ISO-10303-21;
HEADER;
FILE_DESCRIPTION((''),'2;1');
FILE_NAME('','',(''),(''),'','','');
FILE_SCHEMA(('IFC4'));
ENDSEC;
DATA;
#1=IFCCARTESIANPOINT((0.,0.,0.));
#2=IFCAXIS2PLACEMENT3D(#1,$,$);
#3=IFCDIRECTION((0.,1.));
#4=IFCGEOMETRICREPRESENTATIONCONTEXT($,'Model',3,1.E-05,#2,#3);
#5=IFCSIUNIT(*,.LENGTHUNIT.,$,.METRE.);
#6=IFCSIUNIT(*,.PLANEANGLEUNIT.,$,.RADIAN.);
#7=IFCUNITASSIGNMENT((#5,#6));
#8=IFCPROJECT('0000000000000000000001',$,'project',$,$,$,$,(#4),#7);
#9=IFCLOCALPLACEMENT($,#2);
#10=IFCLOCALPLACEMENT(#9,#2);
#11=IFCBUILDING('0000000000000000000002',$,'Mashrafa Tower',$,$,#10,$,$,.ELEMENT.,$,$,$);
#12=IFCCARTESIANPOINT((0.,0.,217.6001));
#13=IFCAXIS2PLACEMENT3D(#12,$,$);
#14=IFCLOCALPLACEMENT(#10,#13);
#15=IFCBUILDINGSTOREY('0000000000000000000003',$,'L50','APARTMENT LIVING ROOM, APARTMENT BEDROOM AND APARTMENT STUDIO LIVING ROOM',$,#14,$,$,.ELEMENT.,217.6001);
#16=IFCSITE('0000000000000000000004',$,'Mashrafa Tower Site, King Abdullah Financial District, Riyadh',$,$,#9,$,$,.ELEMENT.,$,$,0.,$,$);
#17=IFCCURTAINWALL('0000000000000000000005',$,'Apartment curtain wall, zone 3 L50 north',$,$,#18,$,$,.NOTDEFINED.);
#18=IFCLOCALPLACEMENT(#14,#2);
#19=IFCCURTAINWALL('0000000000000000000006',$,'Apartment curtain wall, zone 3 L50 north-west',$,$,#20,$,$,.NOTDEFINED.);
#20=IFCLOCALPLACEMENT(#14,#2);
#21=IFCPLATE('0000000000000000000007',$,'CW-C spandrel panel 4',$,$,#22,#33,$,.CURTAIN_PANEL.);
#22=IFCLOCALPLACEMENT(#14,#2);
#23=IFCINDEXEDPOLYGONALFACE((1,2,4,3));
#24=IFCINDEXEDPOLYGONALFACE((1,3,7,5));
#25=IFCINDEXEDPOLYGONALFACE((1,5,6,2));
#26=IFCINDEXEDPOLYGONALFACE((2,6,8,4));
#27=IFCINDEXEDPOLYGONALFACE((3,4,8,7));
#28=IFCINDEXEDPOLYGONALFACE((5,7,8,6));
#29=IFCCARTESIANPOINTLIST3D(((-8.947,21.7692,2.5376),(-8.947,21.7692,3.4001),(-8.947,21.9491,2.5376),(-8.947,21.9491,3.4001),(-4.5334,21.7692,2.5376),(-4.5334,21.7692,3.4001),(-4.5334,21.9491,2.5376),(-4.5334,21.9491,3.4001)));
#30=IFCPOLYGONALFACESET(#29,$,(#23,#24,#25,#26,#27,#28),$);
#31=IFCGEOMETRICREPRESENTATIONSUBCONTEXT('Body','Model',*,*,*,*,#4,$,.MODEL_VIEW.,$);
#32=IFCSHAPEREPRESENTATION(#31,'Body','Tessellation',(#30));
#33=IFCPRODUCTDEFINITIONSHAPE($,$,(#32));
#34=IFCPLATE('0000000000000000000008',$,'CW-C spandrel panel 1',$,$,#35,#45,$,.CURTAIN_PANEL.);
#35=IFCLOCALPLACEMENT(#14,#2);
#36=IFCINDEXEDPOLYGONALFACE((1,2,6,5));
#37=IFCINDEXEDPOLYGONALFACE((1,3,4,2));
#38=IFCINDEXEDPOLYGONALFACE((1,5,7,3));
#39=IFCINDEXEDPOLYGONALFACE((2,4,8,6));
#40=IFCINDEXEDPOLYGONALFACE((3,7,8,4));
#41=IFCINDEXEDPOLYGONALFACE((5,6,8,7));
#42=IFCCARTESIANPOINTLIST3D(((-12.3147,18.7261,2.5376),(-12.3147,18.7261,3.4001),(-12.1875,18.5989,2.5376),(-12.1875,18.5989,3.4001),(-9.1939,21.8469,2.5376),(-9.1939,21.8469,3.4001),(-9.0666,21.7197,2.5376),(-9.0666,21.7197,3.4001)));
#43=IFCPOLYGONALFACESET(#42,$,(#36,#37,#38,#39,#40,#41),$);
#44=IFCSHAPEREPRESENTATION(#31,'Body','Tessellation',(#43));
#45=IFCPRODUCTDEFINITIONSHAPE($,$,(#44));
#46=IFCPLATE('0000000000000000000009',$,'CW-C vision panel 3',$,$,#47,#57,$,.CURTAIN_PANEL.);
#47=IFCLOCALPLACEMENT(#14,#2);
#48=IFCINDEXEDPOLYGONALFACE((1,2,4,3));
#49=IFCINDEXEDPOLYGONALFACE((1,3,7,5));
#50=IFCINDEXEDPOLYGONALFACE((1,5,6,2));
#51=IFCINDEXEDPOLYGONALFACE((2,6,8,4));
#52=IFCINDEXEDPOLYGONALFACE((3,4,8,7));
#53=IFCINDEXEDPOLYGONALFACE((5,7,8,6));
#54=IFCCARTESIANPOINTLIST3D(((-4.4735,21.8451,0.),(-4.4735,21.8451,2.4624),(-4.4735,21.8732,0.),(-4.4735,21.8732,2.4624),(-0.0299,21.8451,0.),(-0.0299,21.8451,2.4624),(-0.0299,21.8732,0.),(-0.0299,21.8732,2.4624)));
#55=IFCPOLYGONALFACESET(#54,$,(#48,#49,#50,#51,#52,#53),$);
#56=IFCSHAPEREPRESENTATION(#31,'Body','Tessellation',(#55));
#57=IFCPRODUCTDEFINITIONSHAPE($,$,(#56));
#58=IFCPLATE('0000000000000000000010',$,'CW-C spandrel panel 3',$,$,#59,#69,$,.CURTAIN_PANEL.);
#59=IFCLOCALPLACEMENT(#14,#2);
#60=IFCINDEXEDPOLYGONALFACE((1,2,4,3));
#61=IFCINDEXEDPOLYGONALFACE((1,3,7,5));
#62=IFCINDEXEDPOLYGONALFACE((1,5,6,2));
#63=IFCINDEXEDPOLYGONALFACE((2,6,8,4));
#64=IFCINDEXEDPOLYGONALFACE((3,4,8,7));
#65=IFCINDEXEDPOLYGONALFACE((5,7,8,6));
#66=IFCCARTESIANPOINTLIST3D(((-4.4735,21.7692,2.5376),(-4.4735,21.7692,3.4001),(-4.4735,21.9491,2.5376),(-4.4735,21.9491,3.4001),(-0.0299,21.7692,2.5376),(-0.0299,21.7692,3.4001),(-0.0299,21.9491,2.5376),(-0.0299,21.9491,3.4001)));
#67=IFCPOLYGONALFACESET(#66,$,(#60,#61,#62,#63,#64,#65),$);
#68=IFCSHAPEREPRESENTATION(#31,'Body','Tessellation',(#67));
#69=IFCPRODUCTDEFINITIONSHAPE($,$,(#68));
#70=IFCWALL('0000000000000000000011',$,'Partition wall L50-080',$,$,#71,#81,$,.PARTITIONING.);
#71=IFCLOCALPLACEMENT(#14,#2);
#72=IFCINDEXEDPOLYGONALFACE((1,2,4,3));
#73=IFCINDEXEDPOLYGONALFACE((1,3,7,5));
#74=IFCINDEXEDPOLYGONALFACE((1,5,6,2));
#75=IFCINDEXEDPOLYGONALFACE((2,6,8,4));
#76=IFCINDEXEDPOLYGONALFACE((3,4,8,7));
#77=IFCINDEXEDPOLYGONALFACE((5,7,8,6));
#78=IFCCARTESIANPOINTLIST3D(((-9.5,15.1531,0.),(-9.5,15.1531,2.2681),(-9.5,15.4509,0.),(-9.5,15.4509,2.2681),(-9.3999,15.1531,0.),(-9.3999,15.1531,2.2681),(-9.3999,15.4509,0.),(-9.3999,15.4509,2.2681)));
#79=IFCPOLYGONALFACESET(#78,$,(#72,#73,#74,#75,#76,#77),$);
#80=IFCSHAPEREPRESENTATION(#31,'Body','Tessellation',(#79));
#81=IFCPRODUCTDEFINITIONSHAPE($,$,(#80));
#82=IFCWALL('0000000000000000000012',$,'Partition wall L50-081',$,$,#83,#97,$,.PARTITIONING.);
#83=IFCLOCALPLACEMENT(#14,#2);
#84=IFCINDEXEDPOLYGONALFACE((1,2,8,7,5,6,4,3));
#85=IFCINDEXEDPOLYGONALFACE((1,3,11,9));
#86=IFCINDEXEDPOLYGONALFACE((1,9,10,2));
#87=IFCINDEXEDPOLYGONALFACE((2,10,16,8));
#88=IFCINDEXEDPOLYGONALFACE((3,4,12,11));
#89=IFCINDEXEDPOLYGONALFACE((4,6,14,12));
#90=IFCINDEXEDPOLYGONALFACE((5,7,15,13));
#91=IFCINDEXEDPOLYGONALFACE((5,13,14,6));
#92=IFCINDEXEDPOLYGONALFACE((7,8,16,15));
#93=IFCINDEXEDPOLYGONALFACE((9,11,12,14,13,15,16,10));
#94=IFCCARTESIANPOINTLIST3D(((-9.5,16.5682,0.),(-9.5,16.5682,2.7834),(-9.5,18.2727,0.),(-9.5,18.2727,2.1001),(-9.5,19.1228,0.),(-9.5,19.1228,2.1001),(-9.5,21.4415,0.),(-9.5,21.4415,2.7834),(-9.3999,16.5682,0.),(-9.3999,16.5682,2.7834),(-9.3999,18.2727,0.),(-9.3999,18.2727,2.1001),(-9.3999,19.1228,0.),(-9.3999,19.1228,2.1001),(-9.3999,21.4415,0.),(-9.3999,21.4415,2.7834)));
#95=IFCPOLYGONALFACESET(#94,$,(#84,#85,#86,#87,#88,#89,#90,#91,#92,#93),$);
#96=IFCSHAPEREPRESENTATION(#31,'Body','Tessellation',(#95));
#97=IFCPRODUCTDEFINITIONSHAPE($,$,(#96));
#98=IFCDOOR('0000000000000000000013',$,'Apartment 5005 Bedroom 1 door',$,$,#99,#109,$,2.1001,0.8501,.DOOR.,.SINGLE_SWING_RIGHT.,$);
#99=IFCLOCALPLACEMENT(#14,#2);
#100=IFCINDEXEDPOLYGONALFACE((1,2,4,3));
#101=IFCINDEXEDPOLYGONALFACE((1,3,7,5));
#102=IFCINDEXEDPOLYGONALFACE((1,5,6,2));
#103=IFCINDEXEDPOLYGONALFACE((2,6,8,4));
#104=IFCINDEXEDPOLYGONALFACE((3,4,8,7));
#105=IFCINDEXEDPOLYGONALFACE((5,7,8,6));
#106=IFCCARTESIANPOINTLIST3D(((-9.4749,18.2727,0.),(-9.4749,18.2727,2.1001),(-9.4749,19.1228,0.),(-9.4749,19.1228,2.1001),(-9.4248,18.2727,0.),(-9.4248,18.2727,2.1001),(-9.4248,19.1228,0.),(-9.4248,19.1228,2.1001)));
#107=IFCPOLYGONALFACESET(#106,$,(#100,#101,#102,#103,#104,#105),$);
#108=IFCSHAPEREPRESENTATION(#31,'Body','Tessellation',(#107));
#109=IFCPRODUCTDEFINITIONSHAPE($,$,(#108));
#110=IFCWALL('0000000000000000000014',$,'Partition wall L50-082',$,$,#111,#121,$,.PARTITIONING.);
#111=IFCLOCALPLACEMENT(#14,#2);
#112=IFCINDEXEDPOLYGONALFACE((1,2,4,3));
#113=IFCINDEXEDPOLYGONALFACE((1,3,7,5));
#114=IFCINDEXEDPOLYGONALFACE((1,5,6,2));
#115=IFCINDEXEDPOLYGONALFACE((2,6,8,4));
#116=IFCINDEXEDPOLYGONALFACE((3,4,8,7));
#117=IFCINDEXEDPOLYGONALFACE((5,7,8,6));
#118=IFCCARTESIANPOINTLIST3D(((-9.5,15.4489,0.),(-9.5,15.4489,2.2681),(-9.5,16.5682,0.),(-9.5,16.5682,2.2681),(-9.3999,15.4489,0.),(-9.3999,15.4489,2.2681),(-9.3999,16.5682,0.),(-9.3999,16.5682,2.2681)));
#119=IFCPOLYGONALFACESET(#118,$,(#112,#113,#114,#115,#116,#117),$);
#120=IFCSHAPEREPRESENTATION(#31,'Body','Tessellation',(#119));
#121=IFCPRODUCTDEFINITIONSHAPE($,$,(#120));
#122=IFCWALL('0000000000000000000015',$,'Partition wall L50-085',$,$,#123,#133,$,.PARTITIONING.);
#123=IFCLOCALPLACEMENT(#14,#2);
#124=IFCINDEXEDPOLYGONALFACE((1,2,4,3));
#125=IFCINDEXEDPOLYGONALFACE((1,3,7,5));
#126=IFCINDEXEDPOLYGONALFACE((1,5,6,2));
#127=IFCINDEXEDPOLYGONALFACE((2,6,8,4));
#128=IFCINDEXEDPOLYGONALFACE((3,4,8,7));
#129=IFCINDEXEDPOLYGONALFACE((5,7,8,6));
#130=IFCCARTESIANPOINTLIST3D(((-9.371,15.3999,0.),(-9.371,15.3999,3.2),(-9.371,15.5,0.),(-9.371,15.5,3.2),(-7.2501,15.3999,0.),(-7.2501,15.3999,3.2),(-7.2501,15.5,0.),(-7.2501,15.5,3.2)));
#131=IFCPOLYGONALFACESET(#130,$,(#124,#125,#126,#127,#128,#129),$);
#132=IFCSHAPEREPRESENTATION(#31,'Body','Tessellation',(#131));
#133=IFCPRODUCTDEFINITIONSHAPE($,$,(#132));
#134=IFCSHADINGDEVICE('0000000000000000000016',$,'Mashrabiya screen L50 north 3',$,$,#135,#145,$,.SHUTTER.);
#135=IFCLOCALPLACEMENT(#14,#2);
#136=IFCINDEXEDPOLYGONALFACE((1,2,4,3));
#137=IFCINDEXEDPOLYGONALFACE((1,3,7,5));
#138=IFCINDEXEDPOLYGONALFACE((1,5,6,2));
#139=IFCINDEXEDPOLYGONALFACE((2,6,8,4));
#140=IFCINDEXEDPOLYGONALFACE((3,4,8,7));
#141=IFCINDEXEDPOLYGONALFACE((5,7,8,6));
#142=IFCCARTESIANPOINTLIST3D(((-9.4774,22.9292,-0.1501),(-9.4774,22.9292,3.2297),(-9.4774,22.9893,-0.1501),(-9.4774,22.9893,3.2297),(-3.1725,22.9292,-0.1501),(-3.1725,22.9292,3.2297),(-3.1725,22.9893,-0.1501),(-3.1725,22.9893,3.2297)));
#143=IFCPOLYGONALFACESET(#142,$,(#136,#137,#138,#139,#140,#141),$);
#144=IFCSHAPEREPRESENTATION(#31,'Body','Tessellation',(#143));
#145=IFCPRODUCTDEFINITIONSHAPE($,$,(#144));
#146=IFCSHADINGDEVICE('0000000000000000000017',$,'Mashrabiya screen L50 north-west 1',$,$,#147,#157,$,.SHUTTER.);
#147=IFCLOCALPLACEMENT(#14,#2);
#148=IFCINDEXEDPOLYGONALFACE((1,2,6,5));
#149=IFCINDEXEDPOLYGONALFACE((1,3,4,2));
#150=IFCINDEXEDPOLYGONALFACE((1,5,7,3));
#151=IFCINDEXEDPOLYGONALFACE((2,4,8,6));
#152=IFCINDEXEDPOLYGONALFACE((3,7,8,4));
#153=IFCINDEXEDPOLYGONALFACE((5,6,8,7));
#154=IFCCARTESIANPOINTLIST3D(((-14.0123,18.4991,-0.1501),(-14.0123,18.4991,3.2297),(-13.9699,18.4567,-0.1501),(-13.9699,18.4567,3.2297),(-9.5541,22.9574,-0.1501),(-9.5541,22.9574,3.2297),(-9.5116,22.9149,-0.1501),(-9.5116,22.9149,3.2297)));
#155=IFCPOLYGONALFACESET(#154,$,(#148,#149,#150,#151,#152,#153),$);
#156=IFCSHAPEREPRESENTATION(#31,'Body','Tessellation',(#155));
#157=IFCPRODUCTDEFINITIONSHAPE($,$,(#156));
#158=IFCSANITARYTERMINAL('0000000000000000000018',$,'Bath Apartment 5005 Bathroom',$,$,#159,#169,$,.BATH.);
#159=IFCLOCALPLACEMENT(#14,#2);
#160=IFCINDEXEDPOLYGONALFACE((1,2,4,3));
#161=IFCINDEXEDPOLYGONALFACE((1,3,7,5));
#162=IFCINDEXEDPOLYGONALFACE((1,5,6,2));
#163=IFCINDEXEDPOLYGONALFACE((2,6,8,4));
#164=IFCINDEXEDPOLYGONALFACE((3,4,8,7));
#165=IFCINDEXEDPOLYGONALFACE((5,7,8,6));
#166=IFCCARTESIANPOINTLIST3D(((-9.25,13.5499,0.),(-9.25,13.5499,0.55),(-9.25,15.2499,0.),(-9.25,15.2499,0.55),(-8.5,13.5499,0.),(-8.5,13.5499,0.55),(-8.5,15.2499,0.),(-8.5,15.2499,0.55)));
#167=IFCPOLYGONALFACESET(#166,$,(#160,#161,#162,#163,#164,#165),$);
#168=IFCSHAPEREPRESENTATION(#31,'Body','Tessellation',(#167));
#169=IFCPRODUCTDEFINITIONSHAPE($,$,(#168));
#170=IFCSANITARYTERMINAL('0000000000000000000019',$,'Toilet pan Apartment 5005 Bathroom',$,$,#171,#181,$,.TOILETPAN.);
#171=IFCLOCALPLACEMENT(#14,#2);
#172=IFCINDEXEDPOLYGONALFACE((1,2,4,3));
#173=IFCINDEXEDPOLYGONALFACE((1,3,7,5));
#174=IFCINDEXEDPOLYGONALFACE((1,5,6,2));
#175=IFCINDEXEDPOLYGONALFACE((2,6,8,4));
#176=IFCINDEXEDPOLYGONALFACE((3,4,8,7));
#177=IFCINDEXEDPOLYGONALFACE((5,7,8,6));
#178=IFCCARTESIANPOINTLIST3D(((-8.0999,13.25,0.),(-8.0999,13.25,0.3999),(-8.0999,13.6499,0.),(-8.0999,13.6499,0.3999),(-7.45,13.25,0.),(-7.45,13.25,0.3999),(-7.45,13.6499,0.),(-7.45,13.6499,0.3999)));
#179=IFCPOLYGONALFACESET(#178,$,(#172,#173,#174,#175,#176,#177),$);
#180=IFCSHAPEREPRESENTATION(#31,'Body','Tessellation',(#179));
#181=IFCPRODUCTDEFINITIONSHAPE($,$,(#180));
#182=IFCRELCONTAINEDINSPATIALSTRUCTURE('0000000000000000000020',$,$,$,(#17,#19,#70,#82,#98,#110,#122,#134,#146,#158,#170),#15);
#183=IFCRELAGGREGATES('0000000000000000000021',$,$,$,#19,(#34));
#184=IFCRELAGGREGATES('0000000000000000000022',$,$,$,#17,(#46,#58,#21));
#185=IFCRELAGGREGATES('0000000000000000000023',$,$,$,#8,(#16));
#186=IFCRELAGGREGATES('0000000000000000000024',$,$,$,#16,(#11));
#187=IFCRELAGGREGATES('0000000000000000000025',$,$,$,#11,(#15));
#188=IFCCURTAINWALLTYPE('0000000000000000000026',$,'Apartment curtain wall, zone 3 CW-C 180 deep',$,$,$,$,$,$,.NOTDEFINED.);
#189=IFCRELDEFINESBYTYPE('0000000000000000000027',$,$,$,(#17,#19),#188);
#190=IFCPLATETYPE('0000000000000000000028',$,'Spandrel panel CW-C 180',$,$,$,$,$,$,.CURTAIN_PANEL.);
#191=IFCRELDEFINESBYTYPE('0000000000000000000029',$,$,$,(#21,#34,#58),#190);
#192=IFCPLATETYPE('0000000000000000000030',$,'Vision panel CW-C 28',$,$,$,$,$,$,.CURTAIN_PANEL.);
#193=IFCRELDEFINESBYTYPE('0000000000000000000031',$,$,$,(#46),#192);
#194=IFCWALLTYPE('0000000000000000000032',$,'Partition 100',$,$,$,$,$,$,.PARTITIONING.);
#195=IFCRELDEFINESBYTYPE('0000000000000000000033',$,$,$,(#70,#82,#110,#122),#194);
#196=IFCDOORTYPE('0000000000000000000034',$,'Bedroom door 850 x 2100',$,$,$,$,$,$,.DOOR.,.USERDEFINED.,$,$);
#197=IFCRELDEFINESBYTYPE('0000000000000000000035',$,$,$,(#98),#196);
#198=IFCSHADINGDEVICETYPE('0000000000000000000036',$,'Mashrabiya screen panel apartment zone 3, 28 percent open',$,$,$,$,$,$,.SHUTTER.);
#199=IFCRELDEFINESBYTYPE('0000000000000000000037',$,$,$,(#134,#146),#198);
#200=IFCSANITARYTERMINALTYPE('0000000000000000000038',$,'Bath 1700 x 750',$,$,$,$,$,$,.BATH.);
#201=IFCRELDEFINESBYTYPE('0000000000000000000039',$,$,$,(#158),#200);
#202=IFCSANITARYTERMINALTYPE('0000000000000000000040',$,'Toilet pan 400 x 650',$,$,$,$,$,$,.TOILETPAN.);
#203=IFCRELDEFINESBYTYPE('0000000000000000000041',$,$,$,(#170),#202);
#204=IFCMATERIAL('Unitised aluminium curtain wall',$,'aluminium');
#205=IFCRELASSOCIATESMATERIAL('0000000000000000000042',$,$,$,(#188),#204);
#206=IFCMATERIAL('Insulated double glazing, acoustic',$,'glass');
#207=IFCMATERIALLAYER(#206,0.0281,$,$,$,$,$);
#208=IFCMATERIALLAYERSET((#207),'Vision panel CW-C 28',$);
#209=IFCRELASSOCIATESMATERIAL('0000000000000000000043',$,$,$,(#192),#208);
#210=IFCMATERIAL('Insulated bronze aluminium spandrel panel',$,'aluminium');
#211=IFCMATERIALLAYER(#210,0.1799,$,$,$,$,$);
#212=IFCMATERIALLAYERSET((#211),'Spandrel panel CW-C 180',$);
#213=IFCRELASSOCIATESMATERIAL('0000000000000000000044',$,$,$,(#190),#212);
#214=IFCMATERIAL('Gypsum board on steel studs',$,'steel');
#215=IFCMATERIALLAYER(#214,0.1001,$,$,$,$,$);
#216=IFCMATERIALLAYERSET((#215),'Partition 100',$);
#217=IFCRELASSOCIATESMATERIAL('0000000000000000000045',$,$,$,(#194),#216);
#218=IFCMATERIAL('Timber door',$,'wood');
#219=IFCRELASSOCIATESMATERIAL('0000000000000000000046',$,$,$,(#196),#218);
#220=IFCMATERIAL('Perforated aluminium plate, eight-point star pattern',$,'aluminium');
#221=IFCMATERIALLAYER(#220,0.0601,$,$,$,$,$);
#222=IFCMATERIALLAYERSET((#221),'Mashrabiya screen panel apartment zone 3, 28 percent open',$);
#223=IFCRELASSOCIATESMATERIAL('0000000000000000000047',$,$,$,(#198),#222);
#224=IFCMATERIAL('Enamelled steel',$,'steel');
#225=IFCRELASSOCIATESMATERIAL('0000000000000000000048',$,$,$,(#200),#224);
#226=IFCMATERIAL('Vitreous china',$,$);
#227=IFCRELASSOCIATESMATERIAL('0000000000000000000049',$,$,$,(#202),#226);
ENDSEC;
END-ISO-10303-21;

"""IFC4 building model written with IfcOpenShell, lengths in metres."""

from ifc_helpers import new_model, si_unit, direction, frame, frame_2d, origin, origin_2d, place, context, subcontext, project, spatial, rectangle, extrude, source, transform, mapped, material, layer, layer_set, type_object, type_shapes, element, fill, aggregate, save


model = new_model("IFC4")

# Units and contexts
model_context = context("Model", 3, precision=1e-05, world=origin(), true_north=direction((0.0, 1.0)))
body_context = subcontext(model_context, "Body", "Model", "MODEL_VIEW")
ifc_project = project(units=[si_unit("LENGTHUNIT", "METRE"), si_unit("PLANEANGLEUNIT", "RADIAN")], contexts=[model_context])

# Site, building, storey
site_placement = place(None, origin())
site = spatial("IfcSite", under=ifc_project, at=site_placement, Name="Mashrafa Tower Site, King Abdullah Financial District, Riyadh", CompositionType="ELEMENT", RefElevation=0.0)
building_placement = place(site_placement, origin())
building = spatial("IfcBuilding", under=site, at=building_placement, Name="Mashrafa Tower", CompositionType="ELEMENT")
storey_placement = place(building_placement, frame((0.0, 0.0, 217.6001)))
storey = spatial("IfcBuildingStorey", under=building, at=storey_placement, Name="L50", Description="APARTMENT LIVING ROOM, APARTMENT BEDROOM AND APARTMENT STUDIO LIVING ROOM", CompositionType="ELEMENT", Elevation=217.6001)

# Curtain walls
ifc_material_1 = material(Name="Unitised aluminium curtain wall", Category="aluminium")
curtain_wall_type = type_object("IfcCurtainWallType", Name="Apartment curtain wall, zone 3 CW-C 180 deep", PredefinedType="NOTDEFINED", material=ifc_material_1)
curtain_wall_1_placement = place(storey_placement, origin())
curtain_wall_1 = element("IfcCurtainWall", 1, at=curtain_wall_1_placement, inside=storey, type_object=curtain_wall_type, Name="Apartment curtain wall, zone 3 L50 north", PredefinedType="NOTDEFINED")
curtain_wall_2_placement = place(storey_placement, origin())
curtain_wall_2 = element("IfcCurtainWall", 2, at=curtain_wall_2_placement, inside=storey, type_object=curtain_wall_type, Name="Apartment curtain wall, zone 3 L50 north-west", PredefinedType="NOTDEFINED")

# Plates
ifc_material_2 = material(Name="Insulated double glazing, acoustic", Category="glass")
ifc_layer_1 = layer(ifc_material_2, 0.0281)
ifc_layer_set_1 = layer_set([ifc_layer_1], Name="Vision panel CW-C 28")
plate_type_1 = type_object("IfcPlateType", Name="Vision panel CW-C 28", PredefinedType="CURTAIN_PANEL", material=ifc_layer_set_1)
ifc_material_3 = material(Name="Insulated bronze aluminium spandrel panel", Category="aluminium")
ifc_layer_2 = layer(ifc_material_3, 0.1799)
ifc_layer_set_2 = layer_set([ifc_layer_2], Name="Spandrel panel CW-C 180")
plate_type_2 = type_object("IfcPlateType", Name="Spandrel panel CW-C 180", PredefinedType="CURTAIN_PANEL", material=ifc_layer_set_2)
shared_shape_1 = source(origin(), body_context, "Body", "SweptSolid", [
    extrude(rectangle(XDim=4.4136, YDim=0.1799, at=origin_2d()), origin(), (0.0, 0.0, 1.0), 0.8625),
])
plate_1_placement = place(storey_placement, frame((-6.7402, 21.8591, 2.5376), z_axis=(0.0, 0.0, 1.0), x_axis=(-1.0, 0.0, 0.0)))
plate_1 = element("IfcPlate", 3, at=plate_1_placement, type_object=plate_type_2, Name="CW-C spandrel panel 4", PredefinedType="CURTAIN_PANEL", context=body_context, shape_type="MappedRepresentation", body=[
    mapped(shared_shape_1, transform((0.0, 0.0, 0.0))),
])
plate_2_placement = place(storey_placement, frame((-10.6907, 20.2229, 2.5376), z_axis=(0.0, 0.0, 1.0), x_axis=(-0.707107, -0.707107, 0.0)))
plate_2 = element("IfcPlate", 4, at=plate_2_placement, type_object=plate_type_2, Name="CW-C spandrel panel 1", PredefinedType="CURTAIN_PANEL", context=body_context, shape_type="MappedRepresentation", body=[
    mapped(shared_shape_1, transform((0.0, 0.0, 0.0))),
])
aggregate(curtain_wall_2, [plate_2])
shared_shape_2 = source(origin(), body_context, "Body", "SweptSolid", [
    extrude(rectangle(XDim=4.4436, YDim=0.0281, at=origin_2d()), origin(), (0.0, 0.0, 1.0), 2.4624),
])
plate_3_placement = place(storey_placement, frame((-2.2517, 21.8591, 0.0), z_axis=(0.0, 0.0, 1.0), x_axis=(-1.0, 0.0, 0.0)))
plate_3 = element("IfcPlate", 5, at=plate_3_placement, type_object=plate_type_1, Name="CW-C vision panel 3", PredefinedType="CURTAIN_PANEL", context=body_context, shape_type="MappedRepresentation", body=[
    mapped(shared_shape_2, transform((0.0, 0.0, 0.0))),
])
shared_shape_3 = source(origin(), body_context, "Body", "SweptSolid", [
    extrude(rectangle(XDim=4.4436, YDim=0.1799, at=origin_2d()), origin(), (0.0, 0.0, 1.0), 0.8625),
])
type_shapes(plate_type_2, [shared_shape_1, shared_shape_3])
plate_4_placement = place(storey_placement, frame((-2.2517, 21.8591, 2.5376), z_axis=(0.0, 0.0, 1.0), x_axis=(-1.0, 0.0, 0.0)))
plate_4 = element("IfcPlate", 6, at=plate_4_placement, type_object=plate_type_2, Name="CW-C spandrel panel 3", PredefinedType="CURTAIN_PANEL", context=body_context, shape_type="MappedRepresentation", body=[
    mapped(shared_shape_3, transform((0.0, 0.0, 0.0))),
])
aggregate(curtain_wall_1, [plate_3, plate_4, plate_1])

# Wall
ifc_material_4 = material(Name="Gypsum board on steel studs", Category="steel")
ifc_layer_3 = layer(ifc_material_4, 0.1001)
ifc_layer_set_3 = layer_set([ifc_layer_3], Name="Partition 100")
wall_type = type_object("IfcWallType", Name="Partition 100", PredefinedType="PARTITIONING", material=ifc_layer_set_3)
wall_1_placement = place(storey_placement, frame((-9.45, 15.1531, 0.0), z_axis=(0.0, 0.0, 1.0), x_axis=(0.0, 1.0, 0.0)))
element("IfcWall", 7, at=wall_1_placement, inside=storey, type_object=wall_type, Name="Partition wall L50-080", PredefinedType="PARTITIONING", context=body_context, shape_type="SweptSolid", body=[
    extrude(rectangle(XDim=0.2979, YDim=0.1001, at=frame_2d((0.1489, 0.0))), origin(), (0.0, 0.0, 1.0), 2.2681),
])

# Wall, opening, door
wall_2_placement = place(storey_placement, frame((-9.45, 16.5684, 0.0), z_axis=(0.0, 0.0, 1.0), x_axis=(0.0, 1.0, 0.0)))
wall_2 = element("IfcWall", 8, at=wall_2_placement, inside=storey, type_object=wall_type, Name="Partition wall L50-081", PredefinedType="PARTITIONING", context=body_context, shape_type="SweptSolid", body=[
    extrude(rectangle(XDim=4.8733, YDim=0.1001, at=frame_2d((2.4365, 0.0))), origin(), (0.0, 0.0, 1.0), 2.7834),
])
opening_placement = place(wall_2_placement, frame((1.7043, 0.0, 0.0)))
opening = element("IfcOpeningElement", 9, at=opening_placement, cuts=wall_2, PredefinedType="OPENING", context=body_context, shape_type="SweptSolid", body=[
    extrude(rectangle(XDim=0.8501, YDim=2.1001, at=frame_2d((0.425, 1.05))), frame((0.0, 0.0601, 0.0), z_axis=(0.0, -1.0, 0.0), x_axis=(1.0, 0.0, 0.0)), (0.0, 0.0, 1.0), 0.1201),
])
ifc_material_5 = material(Name="Timber door", Category="wood")
door_type = type_object("IfcDoorType", Name="Bedroom door 850 x 2100", OperationType="USERDEFINED", PredefinedType="DOOR", material=ifc_material_5)
door_placement = place(opening_placement, origin())
door = element("IfcDoor", 10, at=door_placement, inside=storey, type_object=door_type, Name="Apartment 5005 Bedroom 1 door", OperationType="SINGLE_SWING_RIGHT", OverallHeight=2.1001, OverallWidth=0.8501, PredefinedType="DOOR", context=body_context, shape_type="SweptSolid", body=[
    extrude(rectangle(XDim=0.8501, YDim=2.1001, at=frame_2d((0.425, 1.05))), frame((0.0, 0.0249, 0.0), z_axis=(0.0, -1.0, 0.0), x_axis=(1.0, 0.0, 0.0)), (0.0, 0.0, 1.0), 0.05),
])
fill(opening, door)

# Walls
wall_3_placement = place(storey_placement, frame((-9.45, 15.449, 0.0), z_axis=(0.0, 0.0, 1.0), x_axis=(0.0, 1.0, 0.0)))
element("IfcWall", 11, at=wall_3_placement, inside=storey, type_object=wall_type, Name="Partition wall L50-082", PredefinedType="PARTITIONING", context=body_context, shape_type="SweptSolid", body=[
    extrude(rectangle(XDim=1.1194, YDim=0.1001, at=frame_2d((0.5596, 0.0))), origin(), (0.0, 0.0, 1.0), 2.2681),
])
wall_4_placement = place(storey_placement, frame((-7.25, 15.45, 0.0), z_axis=(0.0, 0.0, 1.0), x_axis=(-1.0, 0.0, 0.0)))
element("IfcWall", 12, at=wall_4_placement, inside=storey, type_object=wall_type, Name="Partition wall L50-085", PredefinedType="PARTITIONING", context=body_context, shape_type="SweptSolid", body=[
    extrude(rectangle(XDim=2.1208, YDim=0.1001, at=frame_2d((1.0605, 0.0))), origin(), (0.0, 0.0, 1.0), 3.2),
])

# Shading devices
ifc_material_6 = material(Name="Perforated aluminium plate, eight-point star pattern", Category="aluminium")
ifc_layer_4 = layer(ifc_material_6, 0.0601)
ifc_layer_set_4 = layer_set([ifc_layer_4], Name="Mashrabiya screen panel apartment zone 3, 28 percent open")
shading_device_type = type_object("IfcShadingDeviceType", Name="Mashrabiya screen panel apartment zone 3, 28 percent open", PredefinedType="SHUTTER", material=ifc_layer_set_4)
shared_shape_4 = source(origin(), body_context, "Body", "SweptSolid", [
    extrude(rectangle(XDim=6.3049, YDim=0.0601, at=origin_2d()), origin(), (0.0, 0.0, 1.0), 3.3799),
])
type_shapes(shading_device_type, [shared_shape_4])
for number, where, z_axis, x_axis, name in (
    (13, (-6.325, 22.9592, -0.1501), (0.0, 0.0, 1.0), (-1.0, 0.0, 0.0), "Mashrabiya screen L50 north 3"),
    (14, (-11.762, 20.707, -0.1501), (0.0, 0.0, 1.0), (-0.707107, -0.707107, 0.0), "Mashrabiya screen L50 north-west 1"),
):
    element("IfcShadingDevice", number, at=place(storey_placement, frame(where, z_axis=z_axis, x_axis=x_axis)), inside=storey, type_object=shading_device_type, Name=name, PredefinedType="SHUTTER", context=body_context, shape_type="MappedRepresentation", body=[
        mapped(shared_shape_4, transform((0.0, 0.0, 0.0))),
    ])

# Sanitary terminals
ifc_material_7 = material(Name="Enamelled steel", Category="steel")
sanitary_terminal_type_1 = type_object("IfcSanitaryTerminalType", Name="Bath 1700 x 750", PredefinedType="BATH", material=ifc_material_7)
sanitary_terminal_1_placement = place(storey_placement, frame((-8.875, 14.3999, 0.0), z_axis=(0.0, 0.0, 1.0), x_axis=(0.0, -1.0, 0.0)))
element("IfcSanitaryTerminal", 15, at=sanitary_terminal_1_placement, inside=storey, type_object=sanitary_terminal_type_1, Name="Bath Apartment 5005 Bathroom", PredefinedType="BATH", context=body_context, shape_type="SweptSolid", body=[
    extrude(rectangle(XDim=1.7, YDim=0.75, at=origin_2d()), origin(), (0.0, 0.0, 1.0), 0.55),
])
ifc_material_8 = material(Name="Vitreous china")
sanitary_terminal_type_2 = type_object("IfcSanitaryTerminalType", Name="Toilet pan 400 x 650", PredefinedType="TOILETPAN", material=ifc_material_8)
sanitary_terminal_2_placement = place(storey_placement, frame((-7.7749, 13.45, 0.0), z_axis=(0.0, 0.0, 1.0), x_axis=(0.0, 1.0, 0.0)))
element("IfcSanitaryTerminal", 16, at=sanitary_terminal_2_placement, inside=storey, type_object=sanitary_terminal_type_2, Name="Toilet pan Apartment 5005 Bathroom", PredefinedType="TOILETPAN", context=body_context, shape_type="SweptSolid", body=[
    extrude(rectangle(XDim=0.3999, YDim=0.6499, at=origin_2d()), origin(), (0.0, 0.0, 1.0), 0.3999),
])

save(model, "model.ifc")
